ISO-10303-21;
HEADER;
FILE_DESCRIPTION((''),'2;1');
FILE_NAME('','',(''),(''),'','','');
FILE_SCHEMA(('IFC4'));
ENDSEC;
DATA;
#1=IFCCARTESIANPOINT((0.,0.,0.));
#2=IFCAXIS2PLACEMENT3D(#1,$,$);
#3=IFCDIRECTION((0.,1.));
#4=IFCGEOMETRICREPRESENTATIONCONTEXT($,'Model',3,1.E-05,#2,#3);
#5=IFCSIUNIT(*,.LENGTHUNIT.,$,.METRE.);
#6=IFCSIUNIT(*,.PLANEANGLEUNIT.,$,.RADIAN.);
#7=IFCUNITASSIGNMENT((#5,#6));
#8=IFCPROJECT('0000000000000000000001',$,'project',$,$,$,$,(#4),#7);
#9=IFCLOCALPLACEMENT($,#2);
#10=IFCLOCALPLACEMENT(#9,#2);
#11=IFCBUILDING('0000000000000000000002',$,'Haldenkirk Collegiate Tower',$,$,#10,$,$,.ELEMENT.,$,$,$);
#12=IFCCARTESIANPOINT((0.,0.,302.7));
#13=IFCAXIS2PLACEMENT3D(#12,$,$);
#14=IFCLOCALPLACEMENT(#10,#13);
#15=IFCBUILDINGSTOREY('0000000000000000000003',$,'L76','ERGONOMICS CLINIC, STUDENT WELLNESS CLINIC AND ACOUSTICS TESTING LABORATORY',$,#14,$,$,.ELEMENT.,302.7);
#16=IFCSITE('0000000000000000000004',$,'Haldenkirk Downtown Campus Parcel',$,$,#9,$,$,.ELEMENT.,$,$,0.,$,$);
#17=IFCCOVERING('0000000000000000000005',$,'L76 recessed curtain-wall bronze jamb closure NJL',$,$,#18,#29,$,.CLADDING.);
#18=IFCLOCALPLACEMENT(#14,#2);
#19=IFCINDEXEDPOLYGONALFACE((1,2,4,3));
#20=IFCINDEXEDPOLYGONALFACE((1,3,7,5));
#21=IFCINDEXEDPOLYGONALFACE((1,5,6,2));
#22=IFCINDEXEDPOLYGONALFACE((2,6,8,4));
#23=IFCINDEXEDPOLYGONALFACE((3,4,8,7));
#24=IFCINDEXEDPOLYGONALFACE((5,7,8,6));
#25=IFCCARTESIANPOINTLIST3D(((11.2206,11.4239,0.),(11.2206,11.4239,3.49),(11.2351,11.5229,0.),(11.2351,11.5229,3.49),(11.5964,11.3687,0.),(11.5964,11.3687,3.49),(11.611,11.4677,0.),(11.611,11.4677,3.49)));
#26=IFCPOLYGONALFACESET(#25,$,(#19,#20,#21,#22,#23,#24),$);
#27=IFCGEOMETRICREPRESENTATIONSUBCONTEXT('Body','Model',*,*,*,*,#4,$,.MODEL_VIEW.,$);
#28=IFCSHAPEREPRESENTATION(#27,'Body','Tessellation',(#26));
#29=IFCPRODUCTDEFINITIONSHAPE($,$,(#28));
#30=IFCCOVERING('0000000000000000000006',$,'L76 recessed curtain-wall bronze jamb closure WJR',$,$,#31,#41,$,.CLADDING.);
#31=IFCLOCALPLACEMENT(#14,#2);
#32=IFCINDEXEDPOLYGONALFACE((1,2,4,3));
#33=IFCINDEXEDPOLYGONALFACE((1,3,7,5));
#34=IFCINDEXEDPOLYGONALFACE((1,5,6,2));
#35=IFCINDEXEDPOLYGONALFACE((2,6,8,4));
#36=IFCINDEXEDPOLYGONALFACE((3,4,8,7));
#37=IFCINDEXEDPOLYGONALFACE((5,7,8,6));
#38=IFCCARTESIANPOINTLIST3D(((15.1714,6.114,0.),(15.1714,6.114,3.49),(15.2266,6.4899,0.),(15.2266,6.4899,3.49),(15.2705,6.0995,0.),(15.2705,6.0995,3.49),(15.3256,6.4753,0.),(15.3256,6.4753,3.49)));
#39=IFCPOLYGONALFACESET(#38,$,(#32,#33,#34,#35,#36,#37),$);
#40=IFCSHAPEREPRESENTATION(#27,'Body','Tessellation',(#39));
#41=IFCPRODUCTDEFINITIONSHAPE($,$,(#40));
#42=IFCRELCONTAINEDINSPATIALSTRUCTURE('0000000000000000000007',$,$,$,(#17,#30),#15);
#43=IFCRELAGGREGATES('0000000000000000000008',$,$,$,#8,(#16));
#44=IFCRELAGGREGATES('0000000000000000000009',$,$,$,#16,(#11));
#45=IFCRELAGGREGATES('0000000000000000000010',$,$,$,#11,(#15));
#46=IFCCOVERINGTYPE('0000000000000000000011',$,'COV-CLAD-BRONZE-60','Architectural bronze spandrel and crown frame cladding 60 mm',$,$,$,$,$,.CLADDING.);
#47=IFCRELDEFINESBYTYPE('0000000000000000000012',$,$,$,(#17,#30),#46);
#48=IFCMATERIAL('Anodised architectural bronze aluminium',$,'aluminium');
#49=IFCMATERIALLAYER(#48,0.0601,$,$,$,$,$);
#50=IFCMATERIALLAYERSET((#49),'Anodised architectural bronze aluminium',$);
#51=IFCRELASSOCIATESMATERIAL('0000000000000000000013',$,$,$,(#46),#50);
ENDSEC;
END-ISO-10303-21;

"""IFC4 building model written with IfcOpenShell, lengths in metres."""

from ifc_helpers import new_model, si_unit, direction, frame, origin, origin_2d, place, context, subcontext, project, spatial, rectangle, extrude, source, transform, mapped, material, layer, layer_set, type_object, element, save


model = new_model("IFC4")

# Units and contexts
model_context = context("Model", 3, precision=1e-05, world=origin(), true_north=direction((0.0, 1.0)))
body_context = subcontext(model_context, "Body", "Model", "MODEL_VIEW")
ifc_project = project(units=[si_unit("LENGTHUNIT", "METRE"), si_unit("PLANEANGLEUNIT", "RADIAN")], contexts=[model_context])

# Site, building, storey
site_placement = place(None, origin())
site = spatial("IfcSite", under=ifc_project, at=site_placement, Name="Haldenkirk Downtown Campus Parcel", CompositionType="ELEMENT", RefElevation=0.0)
building_placement = place(site_placement, origin())
building = spatial("IfcBuilding", under=site, at=building_placement, Name="Haldenkirk Collegiate Tower", CompositionType="ELEMENT")
storey_placement = place(building_placement, frame((0.0, 0.0, 302.7)))
storey = spatial("IfcBuildingStorey", under=building, at=storey_placement, Name="L76", Description="ERGONOMICS CLINIC, STUDENT WELLNESS CLINIC AND ACOUSTICS TESTING LABORATORY", CompositionType="ELEMENT", Elevation=302.7)

# Shared definitions
ifc_material_1 = material(Name="Anodised architectural bronze aluminium", Category="aluminium")

# Coverings
ifc_layer_1 = layer(ifc_material_1, 0.0601)
ifc_layer_set_1 = layer_set([ifc_layer_1], Name="Anodised architectural bronze aluminium")
covering_type_1 = type_object("IfcCoveringType", Name="COV-CLAD-BRONZE-60", Description="Architectural bronze spandrel and crown frame cladding 60 mm", PredefinedType="CLADDING", material=ifc_layer_set_1)
shared_shape_1 = source(origin(), body_context, "Body", "SweptSolid", [
    extrude(rectangle(XDim=0.1001, YDim=0.3799, at=origin_2d()), origin(), (0.0, 0.0, 1.0), 3.49),
])
for number, where, z_axis, x_axis, name in (
    (1, (11.4158, 11.4458, 0.0), (0.0, 0.0, 1.0), (0.14522, 0.989399, 0.0), "L76 recessed curtain-wall bronze jamb closure NJL"),
    (2, (15.2485, 6.2947, 0.0), (0.0, 0.0, 1.0), (-0.989399, 0.14522, 0.0), "L76 recessed curtain-wall bronze jamb closure WJR"),
):
    element("IfcCovering", number, at=place(storey_placement, frame(where, z_axis=z_axis, x_axis=x_axis)), inside=storey, type_object=covering_type_1, Name=name, PredefinedType="CLADDING", context=body_context, shape_type="MappedRepresentation", body=[
        mapped(shared_shape_1, transform((0.0, 0.0, 0.0), x_axis=(1.0, 0.0, 0.0), y_axis=(0.0, 1.0, 0.0), z_axis=(0.0, 0.0, 1.0), scale=1.0)),
    ])

save(model, "model.ifc")
